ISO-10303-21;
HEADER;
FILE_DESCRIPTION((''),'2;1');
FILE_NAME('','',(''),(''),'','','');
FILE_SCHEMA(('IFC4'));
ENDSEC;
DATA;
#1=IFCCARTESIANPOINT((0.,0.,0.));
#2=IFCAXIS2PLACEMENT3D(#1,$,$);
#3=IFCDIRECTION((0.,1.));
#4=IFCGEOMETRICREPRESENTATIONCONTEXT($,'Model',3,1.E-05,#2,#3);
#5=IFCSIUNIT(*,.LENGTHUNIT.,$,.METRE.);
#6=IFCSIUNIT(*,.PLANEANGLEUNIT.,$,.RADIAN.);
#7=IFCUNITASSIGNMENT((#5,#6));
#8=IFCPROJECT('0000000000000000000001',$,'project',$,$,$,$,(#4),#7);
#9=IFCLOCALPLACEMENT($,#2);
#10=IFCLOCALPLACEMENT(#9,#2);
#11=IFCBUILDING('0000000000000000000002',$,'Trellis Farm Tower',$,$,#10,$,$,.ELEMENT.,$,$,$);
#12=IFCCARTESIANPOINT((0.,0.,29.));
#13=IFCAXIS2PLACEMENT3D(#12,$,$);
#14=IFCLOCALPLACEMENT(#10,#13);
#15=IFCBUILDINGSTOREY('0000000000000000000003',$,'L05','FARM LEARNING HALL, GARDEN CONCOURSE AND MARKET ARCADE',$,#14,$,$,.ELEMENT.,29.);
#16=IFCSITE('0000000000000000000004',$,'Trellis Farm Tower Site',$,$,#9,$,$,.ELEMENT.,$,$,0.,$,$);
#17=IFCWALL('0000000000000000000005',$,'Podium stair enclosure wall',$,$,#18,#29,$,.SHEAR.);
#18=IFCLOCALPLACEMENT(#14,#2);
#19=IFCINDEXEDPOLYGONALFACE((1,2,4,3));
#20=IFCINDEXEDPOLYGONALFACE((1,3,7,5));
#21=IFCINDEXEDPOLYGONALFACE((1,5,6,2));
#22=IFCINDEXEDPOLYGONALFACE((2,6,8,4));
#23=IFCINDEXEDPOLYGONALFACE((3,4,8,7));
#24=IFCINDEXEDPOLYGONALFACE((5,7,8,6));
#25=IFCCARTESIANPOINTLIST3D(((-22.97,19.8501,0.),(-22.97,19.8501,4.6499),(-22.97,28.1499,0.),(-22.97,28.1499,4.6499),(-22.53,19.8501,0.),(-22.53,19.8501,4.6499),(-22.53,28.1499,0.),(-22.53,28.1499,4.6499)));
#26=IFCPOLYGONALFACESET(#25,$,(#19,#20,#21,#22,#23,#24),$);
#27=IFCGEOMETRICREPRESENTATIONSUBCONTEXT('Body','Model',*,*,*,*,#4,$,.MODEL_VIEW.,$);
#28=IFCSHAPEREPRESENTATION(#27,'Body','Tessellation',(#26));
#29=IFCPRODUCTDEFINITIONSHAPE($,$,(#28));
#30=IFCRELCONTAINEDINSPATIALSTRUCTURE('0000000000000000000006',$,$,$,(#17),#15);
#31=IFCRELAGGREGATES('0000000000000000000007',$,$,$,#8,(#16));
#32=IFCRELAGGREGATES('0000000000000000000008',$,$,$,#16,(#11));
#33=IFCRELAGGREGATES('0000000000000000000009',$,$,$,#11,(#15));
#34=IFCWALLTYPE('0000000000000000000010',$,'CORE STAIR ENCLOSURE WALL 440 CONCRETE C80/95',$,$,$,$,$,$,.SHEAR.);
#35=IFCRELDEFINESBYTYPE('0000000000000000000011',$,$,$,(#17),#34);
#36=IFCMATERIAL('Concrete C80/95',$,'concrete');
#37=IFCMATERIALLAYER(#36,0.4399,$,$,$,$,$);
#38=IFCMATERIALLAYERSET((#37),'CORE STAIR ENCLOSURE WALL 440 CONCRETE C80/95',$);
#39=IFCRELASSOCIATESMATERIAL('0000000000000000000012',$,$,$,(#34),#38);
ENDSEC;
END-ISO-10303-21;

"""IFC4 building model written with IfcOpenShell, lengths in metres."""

from ifc_helpers import new_model, si_unit, direction, frame, frame_2d, origin, place, context, subcontext, project, spatial, rectangle, extrude, source, transform, mapped, material, layer, layer_set, type_object, element, save


model = new_model("IFC4")

# Units and contexts
model_context = context("Model", 3, precision=1e-05, world=origin(), true_north=direction((0.0, 1.0)))
body_context = subcontext(model_context, "Body", "Model", "MODEL_VIEW")
ifc_project = project(units=[si_unit("LENGTHUNIT", "METRE"), si_unit("PLANEANGLEUNIT", "RADIAN")], contexts=[model_context])

# Site, building, storey
site_placement = place(None, origin())
site = spatial("IfcSite", under=ifc_project, at=site_placement, Name="Trellis Farm Tower Site", CompositionType="ELEMENT", RefElevation=0.0)
building_placement = place(site_placement, origin())
building = spatial("IfcBuilding", under=site, at=building_placement, Name="Trellis Farm Tower", CompositionType="ELEMENT")
storey_placement = place(building_placement, frame((0.0, 0.0, 29.0)))
storey = spatial("IfcBuildingStorey", under=building, at=storey_placement, Name="L05", Description="FARM LEARNING HALL, GARDEN CONCOURSE AND MARKET ARCADE", CompositionType="ELEMENT", Elevation=29.0)

# Wall
ifc_material_1 = material(Name="Concrete C80/95", Category="concrete")
ifc_layer_1 = layer(ifc_material_1, 0.4399)
ifc_layer_set_1 = layer_set([ifc_layer_1], Name="CORE STAIR ENCLOSURE WALL 440 CONCRETE C80/95")
wall_type_1 = type_object("IfcWallType", Name="CORE STAIR ENCLOSURE WALL 440 CONCRETE C80/95", PredefinedType="SHEAR", material=ifc_layer_set_1)
shared_shape_1 = source(origin(), body_context, "Body", "SweptSolid", [
    extrude(rectangle(XDim=8.2998, YDim=0.4399, at=frame_2d((4.1499, 0.0))), origin(), (0.0, 0.0, 1.0), 4.6499),
])
wall_1_placement = place(storey_placement, frame((-22.75, 19.8501, 0.0), z_axis=(0.0, 0.0, 1.0), x_axis=(0.0, 1.0, 0.0)))
element("IfcWall", 1, at=wall_1_placement, inside=storey, type_object=wall_type_1, Name="Podium stair enclosure wall", PredefinedType="SHEAR", context=body_context, shape_type="MappedRepresentation", body=[
    mapped(shared_shape_1, transform((0.0, 0.0, 0.0))),
])

save(model, "model.ifc")
